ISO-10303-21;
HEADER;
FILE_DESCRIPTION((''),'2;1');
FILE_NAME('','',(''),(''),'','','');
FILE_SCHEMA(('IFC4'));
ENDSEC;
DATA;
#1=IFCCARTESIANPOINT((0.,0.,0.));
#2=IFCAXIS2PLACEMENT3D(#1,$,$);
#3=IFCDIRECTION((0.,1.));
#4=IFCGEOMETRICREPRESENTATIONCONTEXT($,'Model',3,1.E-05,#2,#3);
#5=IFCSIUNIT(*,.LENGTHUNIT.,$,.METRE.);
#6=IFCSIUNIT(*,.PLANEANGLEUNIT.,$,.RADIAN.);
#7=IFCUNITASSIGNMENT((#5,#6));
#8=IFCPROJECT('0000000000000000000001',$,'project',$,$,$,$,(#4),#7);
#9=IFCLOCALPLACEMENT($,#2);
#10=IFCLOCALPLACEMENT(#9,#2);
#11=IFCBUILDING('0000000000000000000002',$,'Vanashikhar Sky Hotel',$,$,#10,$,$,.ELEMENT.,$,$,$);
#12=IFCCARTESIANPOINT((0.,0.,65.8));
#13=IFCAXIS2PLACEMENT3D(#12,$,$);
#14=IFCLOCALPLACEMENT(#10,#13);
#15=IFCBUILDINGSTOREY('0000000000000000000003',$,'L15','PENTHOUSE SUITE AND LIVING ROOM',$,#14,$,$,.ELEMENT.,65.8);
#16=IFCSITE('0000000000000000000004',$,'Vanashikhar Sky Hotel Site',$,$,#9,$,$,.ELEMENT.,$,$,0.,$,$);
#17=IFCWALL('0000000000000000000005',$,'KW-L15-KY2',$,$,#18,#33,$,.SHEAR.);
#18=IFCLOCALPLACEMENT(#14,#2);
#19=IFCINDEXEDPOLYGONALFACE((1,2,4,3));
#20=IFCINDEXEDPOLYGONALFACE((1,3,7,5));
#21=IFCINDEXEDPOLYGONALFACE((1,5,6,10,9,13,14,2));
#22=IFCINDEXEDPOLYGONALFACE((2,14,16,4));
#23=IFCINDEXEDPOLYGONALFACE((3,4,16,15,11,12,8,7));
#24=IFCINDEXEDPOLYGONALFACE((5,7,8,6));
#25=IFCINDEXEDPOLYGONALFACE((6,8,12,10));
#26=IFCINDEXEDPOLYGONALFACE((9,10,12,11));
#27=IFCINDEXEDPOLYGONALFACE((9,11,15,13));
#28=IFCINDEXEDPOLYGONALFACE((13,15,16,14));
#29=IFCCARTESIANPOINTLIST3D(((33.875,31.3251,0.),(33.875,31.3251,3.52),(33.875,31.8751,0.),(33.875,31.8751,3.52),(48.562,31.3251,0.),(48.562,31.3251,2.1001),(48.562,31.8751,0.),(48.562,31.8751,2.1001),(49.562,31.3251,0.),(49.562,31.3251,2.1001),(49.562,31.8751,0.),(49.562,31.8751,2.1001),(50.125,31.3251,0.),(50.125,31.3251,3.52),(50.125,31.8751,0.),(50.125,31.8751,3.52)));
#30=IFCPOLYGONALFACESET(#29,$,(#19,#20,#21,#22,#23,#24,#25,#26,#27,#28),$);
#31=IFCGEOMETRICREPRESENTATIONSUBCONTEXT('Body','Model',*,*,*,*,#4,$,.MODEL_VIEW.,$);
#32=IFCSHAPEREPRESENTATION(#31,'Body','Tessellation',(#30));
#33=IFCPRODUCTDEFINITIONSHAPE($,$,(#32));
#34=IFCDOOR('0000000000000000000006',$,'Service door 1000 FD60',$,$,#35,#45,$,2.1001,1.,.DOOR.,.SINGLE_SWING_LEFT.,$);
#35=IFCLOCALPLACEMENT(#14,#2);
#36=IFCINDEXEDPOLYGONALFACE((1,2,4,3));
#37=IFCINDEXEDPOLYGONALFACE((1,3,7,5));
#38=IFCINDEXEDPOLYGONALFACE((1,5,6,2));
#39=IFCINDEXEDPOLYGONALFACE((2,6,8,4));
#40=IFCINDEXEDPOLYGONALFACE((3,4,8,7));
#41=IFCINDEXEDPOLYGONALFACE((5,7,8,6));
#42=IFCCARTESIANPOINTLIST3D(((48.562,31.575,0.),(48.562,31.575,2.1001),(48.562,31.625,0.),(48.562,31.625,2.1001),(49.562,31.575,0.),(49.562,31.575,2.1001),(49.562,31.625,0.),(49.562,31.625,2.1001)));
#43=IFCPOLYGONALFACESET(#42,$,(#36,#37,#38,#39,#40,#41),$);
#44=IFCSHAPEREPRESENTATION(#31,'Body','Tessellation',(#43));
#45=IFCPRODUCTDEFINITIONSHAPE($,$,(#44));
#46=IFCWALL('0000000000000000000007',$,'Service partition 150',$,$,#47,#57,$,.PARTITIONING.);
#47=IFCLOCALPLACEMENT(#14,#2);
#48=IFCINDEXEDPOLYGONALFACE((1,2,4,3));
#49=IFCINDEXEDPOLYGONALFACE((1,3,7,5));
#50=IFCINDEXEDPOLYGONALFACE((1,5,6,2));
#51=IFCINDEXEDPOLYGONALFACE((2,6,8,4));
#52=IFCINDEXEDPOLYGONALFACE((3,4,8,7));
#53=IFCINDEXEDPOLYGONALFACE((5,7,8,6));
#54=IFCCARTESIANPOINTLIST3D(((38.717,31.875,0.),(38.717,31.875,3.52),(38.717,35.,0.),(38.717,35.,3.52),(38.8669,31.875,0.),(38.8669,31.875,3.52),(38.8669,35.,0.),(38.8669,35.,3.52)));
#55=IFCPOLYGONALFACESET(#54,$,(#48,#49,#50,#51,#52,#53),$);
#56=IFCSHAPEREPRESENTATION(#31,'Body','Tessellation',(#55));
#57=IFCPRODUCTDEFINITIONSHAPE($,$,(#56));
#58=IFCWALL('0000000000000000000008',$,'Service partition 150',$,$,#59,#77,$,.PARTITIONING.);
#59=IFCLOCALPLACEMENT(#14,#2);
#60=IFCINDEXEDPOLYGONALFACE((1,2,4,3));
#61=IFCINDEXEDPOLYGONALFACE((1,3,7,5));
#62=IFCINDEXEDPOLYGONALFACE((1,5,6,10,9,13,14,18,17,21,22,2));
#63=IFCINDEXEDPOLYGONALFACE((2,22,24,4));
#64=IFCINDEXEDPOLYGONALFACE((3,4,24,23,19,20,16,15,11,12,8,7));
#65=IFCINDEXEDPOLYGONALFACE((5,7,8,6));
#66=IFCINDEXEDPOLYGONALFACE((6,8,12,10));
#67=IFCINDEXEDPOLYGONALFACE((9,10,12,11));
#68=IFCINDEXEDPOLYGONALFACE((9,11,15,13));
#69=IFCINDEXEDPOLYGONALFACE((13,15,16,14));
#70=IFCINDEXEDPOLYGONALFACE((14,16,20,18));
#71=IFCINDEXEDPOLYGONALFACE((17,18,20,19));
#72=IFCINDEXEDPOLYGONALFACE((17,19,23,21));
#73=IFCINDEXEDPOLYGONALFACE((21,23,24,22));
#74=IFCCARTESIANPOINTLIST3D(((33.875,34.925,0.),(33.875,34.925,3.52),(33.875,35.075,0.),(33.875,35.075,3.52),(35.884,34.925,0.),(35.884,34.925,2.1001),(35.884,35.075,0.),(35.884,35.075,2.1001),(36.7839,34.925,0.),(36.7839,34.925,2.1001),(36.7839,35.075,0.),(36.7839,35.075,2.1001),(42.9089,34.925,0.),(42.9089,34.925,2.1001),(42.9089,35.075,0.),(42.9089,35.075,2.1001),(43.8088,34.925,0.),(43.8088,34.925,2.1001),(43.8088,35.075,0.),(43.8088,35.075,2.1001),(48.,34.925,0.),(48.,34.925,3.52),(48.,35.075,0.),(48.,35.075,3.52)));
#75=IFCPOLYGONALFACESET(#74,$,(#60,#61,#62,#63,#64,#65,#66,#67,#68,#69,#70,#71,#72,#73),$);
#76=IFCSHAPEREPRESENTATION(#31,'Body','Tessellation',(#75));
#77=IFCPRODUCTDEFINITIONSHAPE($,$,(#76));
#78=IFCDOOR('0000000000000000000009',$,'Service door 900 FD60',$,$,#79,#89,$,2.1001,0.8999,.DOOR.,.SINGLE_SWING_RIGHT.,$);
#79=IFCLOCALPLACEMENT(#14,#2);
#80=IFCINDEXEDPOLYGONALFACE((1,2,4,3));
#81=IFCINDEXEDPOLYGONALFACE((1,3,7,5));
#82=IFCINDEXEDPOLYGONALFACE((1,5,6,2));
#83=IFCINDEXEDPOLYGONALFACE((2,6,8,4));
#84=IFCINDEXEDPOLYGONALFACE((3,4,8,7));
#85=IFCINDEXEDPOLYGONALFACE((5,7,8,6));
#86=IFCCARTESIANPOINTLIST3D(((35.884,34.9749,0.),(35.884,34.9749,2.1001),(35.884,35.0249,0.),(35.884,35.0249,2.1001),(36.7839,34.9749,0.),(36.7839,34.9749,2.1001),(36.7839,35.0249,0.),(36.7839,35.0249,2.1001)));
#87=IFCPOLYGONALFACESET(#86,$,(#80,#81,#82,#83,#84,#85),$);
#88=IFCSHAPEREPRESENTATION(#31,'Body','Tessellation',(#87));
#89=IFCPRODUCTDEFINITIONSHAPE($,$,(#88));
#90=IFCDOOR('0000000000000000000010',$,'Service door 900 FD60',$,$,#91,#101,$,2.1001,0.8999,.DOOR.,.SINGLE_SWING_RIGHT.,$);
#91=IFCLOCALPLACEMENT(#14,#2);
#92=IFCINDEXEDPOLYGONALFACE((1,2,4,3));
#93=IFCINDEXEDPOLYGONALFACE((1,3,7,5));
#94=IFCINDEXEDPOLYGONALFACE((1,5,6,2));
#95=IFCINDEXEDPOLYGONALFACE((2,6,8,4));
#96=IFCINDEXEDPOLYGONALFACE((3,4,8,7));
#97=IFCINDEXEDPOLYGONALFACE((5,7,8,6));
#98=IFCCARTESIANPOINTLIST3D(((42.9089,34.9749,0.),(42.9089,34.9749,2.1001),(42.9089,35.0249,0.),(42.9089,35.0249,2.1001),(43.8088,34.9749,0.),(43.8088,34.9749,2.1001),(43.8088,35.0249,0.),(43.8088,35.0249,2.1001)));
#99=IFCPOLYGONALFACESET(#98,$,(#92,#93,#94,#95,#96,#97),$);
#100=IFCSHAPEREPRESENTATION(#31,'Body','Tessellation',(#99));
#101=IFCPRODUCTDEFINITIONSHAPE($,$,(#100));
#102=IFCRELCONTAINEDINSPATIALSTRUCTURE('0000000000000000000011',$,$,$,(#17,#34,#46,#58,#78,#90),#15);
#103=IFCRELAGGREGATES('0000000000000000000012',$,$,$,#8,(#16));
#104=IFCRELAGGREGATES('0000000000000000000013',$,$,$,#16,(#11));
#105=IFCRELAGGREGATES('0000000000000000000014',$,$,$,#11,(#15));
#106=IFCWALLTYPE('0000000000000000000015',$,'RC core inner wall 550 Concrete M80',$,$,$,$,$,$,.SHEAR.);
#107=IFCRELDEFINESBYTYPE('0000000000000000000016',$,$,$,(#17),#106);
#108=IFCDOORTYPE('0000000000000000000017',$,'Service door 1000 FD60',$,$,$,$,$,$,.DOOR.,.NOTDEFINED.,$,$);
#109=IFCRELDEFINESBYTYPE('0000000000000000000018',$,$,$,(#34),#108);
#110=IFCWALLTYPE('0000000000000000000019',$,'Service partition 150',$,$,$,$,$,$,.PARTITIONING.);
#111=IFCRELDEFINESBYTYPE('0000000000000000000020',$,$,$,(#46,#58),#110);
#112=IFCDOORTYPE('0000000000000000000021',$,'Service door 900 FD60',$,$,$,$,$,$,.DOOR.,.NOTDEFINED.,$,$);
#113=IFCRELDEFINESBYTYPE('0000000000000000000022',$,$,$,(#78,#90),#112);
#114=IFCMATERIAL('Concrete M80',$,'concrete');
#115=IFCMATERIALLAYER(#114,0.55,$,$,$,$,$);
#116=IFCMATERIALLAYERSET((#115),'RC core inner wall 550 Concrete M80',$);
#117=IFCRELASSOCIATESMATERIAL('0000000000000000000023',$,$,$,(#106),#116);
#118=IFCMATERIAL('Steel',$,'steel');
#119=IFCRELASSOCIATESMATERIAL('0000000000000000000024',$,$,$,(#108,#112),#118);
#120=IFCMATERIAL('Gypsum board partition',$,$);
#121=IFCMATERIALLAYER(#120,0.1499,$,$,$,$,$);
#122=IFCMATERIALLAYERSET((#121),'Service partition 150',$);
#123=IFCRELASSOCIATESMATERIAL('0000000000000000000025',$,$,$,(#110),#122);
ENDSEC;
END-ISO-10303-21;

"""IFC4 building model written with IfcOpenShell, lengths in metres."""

from ifc_helpers import new_model, si_unit, direction, frame, frame_2d, origin, place, context, subcontext, project, spatial, rectangle, extrude, source, transform, mapped, material, layer, layer_set, type_object, element, fill, save


model = new_model("IFC4")

# Units and contexts
model_context = context("Model", 3, precision=1e-05, world=origin(), true_north=direction((0.0, 1.0)))
body_context = subcontext(model_context, "Body", "Model", "MODEL_VIEW")
ifc_project = project(units=[si_unit("LENGTHUNIT", "METRE"), si_unit("PLANEANGLEUNIT", "RADIAN")], contexts=[model_context])

# Site, building, storey
site_placement = place(None, origin())
site = spatial("IfcSite", under=ifc_project, at=site_placement, Name="Vanashikhar Sky Hotel Site", CompositionType="ELEMENT", RefElevation=0.0)
building_placement = place(site_placement, origin())
building = spatial("IfcBuilding", under=site, at=building_placement, Name="Vanashikhar Sky Hotel", CompositionType="ELEMENT")
storey_placement = place(building_placement, frame((0.0, 0.0, 65.8)))
storey = spatial("IfcBuildingStorey", under=building, at=storey_placement, Name="L15", Description="PENTHOUSE SUITE AND LIVING ROOM", CompositionType="ELEMENT", Elevation=65.8)

# Wall, opening, door
ifc_material_1 = material(Name="Concrete M80", Category="concrete")
ifc_layer_1 = layer(ifc_material_1, 0.55)
ifc_layer_set_1 = layer_set([ifc_layer_1], Name="RC core inner wall 550 Concrete M80")
wall_type_1 = type_object("IfcWallType", Name="RC core inner wall 550 Concrete M80", PredefinedType="SHEAR", material=ifc_layer_set_1)
shared_shape_1 = source(origin(), body_context, "Body", "SweptSolid", [
    extrude(rectangle(XDim=16.25, YDim=0.55, at=frame_2d((8.125, 0.0))), origin(), (0.0, 0.0, 1.0), 3.52),
])
wall_1_placement = place(storey_placement, frame((33.875, 31.6001, 0.0), z_axis=(0.0, 0.0, 1.0), x_axis=(1.0, 0.0, 0.0)))
wall_1 = element("IfcWall", 1, at=wall_1_placement, inside=storey, type_object=wall_type_1, Name="KW-L15-KY2", PredefinedType="SHEAR", context=body_context, shape_type="MappedRepresentation", body=[
    mapped(shared_shape_1, transform((0.0, 0.0, 0.0), scale=1.0)),
])
shared_shape_2 = source(origin(), body_context, "Body", "SweptSolid", [
    extrude(rectangle(XDim=1.0, YDim=2.1001, at=frame_2d((0.5, 1.05))), frame((0.0, 0.2852, 0.0), z_axis=(0.0, -1.0, 0.0), x_axis=(1.0, 0.0, 0.0)), (0.0, 0.0, 1.0), 0.5701),
])
opening_1_placement = place(wall_1_placement, frame((14.687, 0.0, 0.0)))
opening_1 = element("IfcOpeningElement", 2, at=opening_1_placement, cuts=wall_1, PredefinedType="OPENING", context=body_context, shape_type="MappedRepresentation", body=[
    mapped(shared_shape_2, transform((0.0, 0.0, 0.0), scale=1.0)),
])
ifc_material_2 = material(Name="Steel", Category="steel")
door_type_1 = type_object("IfcDoorType", Name="Service door 1000 FD60", OperationType="NOTDEFINED", PredefinedType="DOOR", material=ifc_material_2)
shared_shape_3 = source(origin(), body_context, "Body", "SweptSolid", [
    extrude(rectangle(XDim=1.0, YDim=2.1001, at=frame_2d((0.5, 1.05))), frame((0.0, 0.0249, 0.0), z_axis=(0.0, -1.0, 0.0), x_axis=(1.0, 0.0, 0.0)), (0.0, 0.0, 1.0), 0.05),
])
door_1_placement = place(opening_1_placement, origin())
door_1 = element("IfcDoor", 3, at=door_1_placement, inside=storey, type_object=door_type_1, Name="Service door 1000 FD60", OperationType="SINGLE_SWING_LEFT", OverallHeight=2.1001, OverallWidth=1.0, PredefinedType="DOOR", context=body_context, shape_type="MappedRepresentation", body=[
    mapped(shared_shape_3, transform((0.0, 0.0, 0.0), scale=1.0)),
])
fill(opening_1, door_1)

# Wall
ifc_material_3 = material(Name="Gypsum board partition")
ifc_layer_2 = layer(ifc_material_3, 0.1499)
ifc_layer_set_2 = layer_set([ifc_layer_2], Name="Service partition 150")
wall_type_2 = type_object("IfcWallType", Name="Service partition 150", PredefinedType="PARTITIONING", material=ifc_layer_set_2)
shared_shape_4 = source(origin(), body_context, "Body", "SweptSolid", [
    extrude(rectangle(XDim=3.125, YDim=0.1499, at=frame_2d((1.5625, 0.0))), origin(), (0.0, 0.0, 1.0), 3.52),
])
wall_2_placement = place(storey_placement, frame((38.792, 31.875, 0.0), z_axis=(0.0, 0.0, 1.0), x_axis=(0.0, 1.0, 0.0)))
element("IfcWall", 4, at=wall_2_placement, inside=storey, type_object=wall_type_2, Name="Service partition 150", PredefinedType="PARTITIONING", context=body_context, shape_type="MappedRepresentation", body=[
    mapped(shared_shape_4, transform((0.0, 0.0, 0.0), scale=1.0)),
])

# Wall, openings, doors
shared_shape_5 = source(origin(), body_context, "Body", "SweptSolid", [
    extrude(rectangle(XDim=14.125, YDim=0.1499, at=frame_2d((7.0625, 0.0))), origin(), (0.0, 0.0, 1.0), 3.52),
])
wall_3_placement = place(storey_placement, frame((33.875, 35.0, 0.0), z_axis=(0.0, 0.0, 1.0), x_axis=(1.0, 0.0, 0.0)))
wall_3 = element("IfcWall", 5, at=wall_3_placement, inside=storey, type_object=wall_type_2, Name="Service partition 150", PredefinedType="PARTITIONING", context=body_context, shape_type="MappedRepresentation", body=[
    mapped(shared_shape_5, transform((0.0, 0.0, 0.0), scale=1.0)),
])
shared_shape_6 = source(origin(), body_context, "Body", "SweptSolid", [
    extrude(rectangle(XDim=0.8999, YDim=2.1001, at=frame_2d((0.45, 1.05))), frame((0.0, 0.085, 0.0), z_axis=(0.0, -1.0, 0.0), x_axis=(1.0, 0.0, 0.0)), (0.0, 0.0, 1.0), 0.1699),
])
opening_2_placement = place(wall_3_placement, frame((2.009, 0.0, 0.0)))
opening_2 = element("IfcOpeningElement", 6, at=opening_2_placement, cuts=wall_3, PredefinedType="OPENING", context=body_context, shape_type="MappedRepresentation", body=[
    mapped(shared_shape_6, transform((0.0, 0.0, 0.0), scale=1.0)),
])
opening_3_placement = place(wall_3_placement, frame((9.0339, 0.0, 0.0)))
opening_3 = element("IfcOpeningElement", 7, at=opening_3_placement, cuts=wall_3, PredefinedType="OPENING", context=body_context, shape_type="MappedRepresentation", body=[
    mapped(shared_shape_6, transform((0.0, 0.0, 0.0), scale=1.0)),
])
door_type_2 = type_object("IfcDoorType", Name="Service door 900 FD60", OperationType="NOTDEFINED", PredefinedType="DOOR", material=ifc_material_2)
shared_shape_7 = source(origin(), body_context, "Body", "SweptSolid", [
    extrude(rectangle(XDim=0.8999, YDim=2.1001, at=frame_2d((0.45, 1.05))), frame((0.0, 0.0249, 0.0), z_axis=(0.0, -1.0, 0.0), x_axis=(1.0, 0.0, 0.0)), (0.0, 0.0, 1.0), 0.05),
])
door_2_placement = place(opening_2_placement, origin())
door_2 = element("IfcDoor", 8, at=door_2_placement, inside=storey, type_object=door_type_2, Name="Service door 900 FD60", OperationType="SINGLE_SWING_RIGHT", OverallHeight=2.1001, OverallWidth=0.8999, PredefinedType="DOOR", context=body_context, shape_type="MappedRepresentation", body=[
    mapped(shared_shape_7, transform((0.0, 0.0, 0.0), scale=1.0)),
])
fill(opening_2, door_2)
door_3_placement = place(opening_3_placement, origin())
door_3 = element("IfcDoor", 9, at=door_3_placement, inside=storey, type_object=door_type_2, Name="Service door 900 FD60", OperationType="SINGLE_SWING_RIGHT", OverallHeight=2.1001, OverallWidth=0.8999, PredefinedType="DOOR", context=body_context, shape_type="MappedRepresentation", body=[
    mapped(shared_shape_7, transform((0.0, 0.0, 0.0), scale=1.0)),
])
fill(opening_3, door_3)

save(model, "model.ifc")
